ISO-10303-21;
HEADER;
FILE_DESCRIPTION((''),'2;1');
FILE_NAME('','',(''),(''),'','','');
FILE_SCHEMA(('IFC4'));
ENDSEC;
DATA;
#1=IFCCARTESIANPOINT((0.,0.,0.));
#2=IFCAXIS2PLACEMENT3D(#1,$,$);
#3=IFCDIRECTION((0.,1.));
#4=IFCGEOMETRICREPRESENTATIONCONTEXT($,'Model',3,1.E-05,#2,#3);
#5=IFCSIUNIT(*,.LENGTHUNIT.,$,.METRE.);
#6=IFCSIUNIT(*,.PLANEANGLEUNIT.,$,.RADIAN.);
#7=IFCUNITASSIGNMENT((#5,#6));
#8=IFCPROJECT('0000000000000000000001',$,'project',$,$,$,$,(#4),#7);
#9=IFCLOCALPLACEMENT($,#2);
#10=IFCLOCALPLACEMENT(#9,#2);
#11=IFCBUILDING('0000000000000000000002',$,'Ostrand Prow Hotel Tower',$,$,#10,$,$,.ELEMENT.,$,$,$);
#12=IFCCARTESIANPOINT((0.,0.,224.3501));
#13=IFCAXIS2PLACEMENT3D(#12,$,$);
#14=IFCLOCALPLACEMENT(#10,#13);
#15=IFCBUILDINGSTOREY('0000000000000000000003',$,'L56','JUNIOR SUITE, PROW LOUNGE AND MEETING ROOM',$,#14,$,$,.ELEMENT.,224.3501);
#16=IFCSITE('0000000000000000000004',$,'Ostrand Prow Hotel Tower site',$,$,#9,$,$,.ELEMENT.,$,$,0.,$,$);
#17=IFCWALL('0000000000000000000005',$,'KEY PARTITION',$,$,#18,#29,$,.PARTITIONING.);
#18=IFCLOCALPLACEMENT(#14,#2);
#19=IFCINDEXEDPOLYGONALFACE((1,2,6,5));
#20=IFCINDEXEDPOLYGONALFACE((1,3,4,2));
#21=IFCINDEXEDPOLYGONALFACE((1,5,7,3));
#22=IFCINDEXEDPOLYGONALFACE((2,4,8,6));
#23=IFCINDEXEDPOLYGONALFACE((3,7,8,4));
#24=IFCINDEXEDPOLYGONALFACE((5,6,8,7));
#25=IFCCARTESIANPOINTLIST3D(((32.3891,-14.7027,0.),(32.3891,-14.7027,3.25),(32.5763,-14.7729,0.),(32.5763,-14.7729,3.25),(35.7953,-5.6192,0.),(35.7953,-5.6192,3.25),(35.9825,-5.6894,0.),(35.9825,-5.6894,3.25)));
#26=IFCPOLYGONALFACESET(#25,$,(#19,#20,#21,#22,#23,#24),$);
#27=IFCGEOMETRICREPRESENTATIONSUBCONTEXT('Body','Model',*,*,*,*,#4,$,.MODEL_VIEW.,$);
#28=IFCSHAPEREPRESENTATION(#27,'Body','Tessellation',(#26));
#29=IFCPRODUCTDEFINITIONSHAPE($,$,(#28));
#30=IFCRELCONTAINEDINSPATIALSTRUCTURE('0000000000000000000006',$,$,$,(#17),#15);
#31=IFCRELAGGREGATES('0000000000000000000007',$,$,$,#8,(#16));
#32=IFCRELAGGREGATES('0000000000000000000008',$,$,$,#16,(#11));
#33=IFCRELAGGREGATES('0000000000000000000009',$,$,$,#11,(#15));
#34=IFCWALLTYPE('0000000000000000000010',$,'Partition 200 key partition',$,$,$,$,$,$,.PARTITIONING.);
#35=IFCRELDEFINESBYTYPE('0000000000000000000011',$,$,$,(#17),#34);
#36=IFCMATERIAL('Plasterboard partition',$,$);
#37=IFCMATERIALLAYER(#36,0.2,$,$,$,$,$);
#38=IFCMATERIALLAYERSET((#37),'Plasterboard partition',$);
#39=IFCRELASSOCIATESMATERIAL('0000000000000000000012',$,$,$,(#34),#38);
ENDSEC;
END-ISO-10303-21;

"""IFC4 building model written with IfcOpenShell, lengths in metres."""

from ifc_helpers import new_model, si_unit, direction, frame, frame_2d, origin, place, context, subcontext, project, spatial, rectangle, extrude, material, layer, layer_set, type_object, element, save


model = new_model("IFC4")

# Units and contexts
model_context = context("Model", 3, precision=1e-05, world=origin(), true_north=direction((0.0, 1.0)))
body_context = subcontext(model_context, "Body", "Model", "MODEL_VIEW")
ifc_project = project(units=[si_unit("LENGTHUNIT", "METRE"), si_unit("PLANEANGLEUNIT", "RADIAN")], contexts=[model_context])

# Site, building, storey
site_placement = place(None, origin())
site = spatial("IfcSite", under=ifc_project, at=site_placement, Name="Ostrand Prow Hotel Tower site", CompositionType="ELEMENT", RefElevation=0.0)
building_placement = place(site_placement, origin())
building = spatial("IfcBuilding", under=site, at=building_placement, Name="Ostrand Prow Hotel Tower", CompositionType="ELEMENT")
storey_placement = place(building_placement, frame((0.0, 0.0, 224.3501)))
storey = spatial("IfcBuildingStorey", under=building, at=storey_placement, Name="L56", Description="JUNIOR SUITE, PROW LOUNGE AND MEETING ROOM", CompositionType="ELEMENT", Elevation=224.3501)

# Wall
ifc_material_1 = material(Name="Plasterboard partition")
ifc_layer_1 = layer(ifc_material_1, 0.2)
ifc_layer_set_1 = layer_set([ifc_layer_1], Name="Plasterboard partition")
wall_type_1 = type_object("IfcWallType", Name="Partition 200 key partition", PredefinedType="PARTITIONING", material=ifc_layer_set_1)
wall_1_placement = place(storey_placement, frame((32.4827, -14.7378, 0.0), z_axis=(0.0, 0.0, 1.0), x_axis=(0.351118, 0.936331, 0.0)))
element("IfcWall", 1, at=wall_1_placement, inside=storey, type_object=wall_type_1, Name="KEY PARTITION", PredefinedType="PARTITIONING", context=body_context, shape_type="SweptSolid", body=[
    extrude(rectangle(XDim=9.7012, YDim=0.2, at=frame_2d((4.8506, 0.0))), origin(), (0.0, 0.0, 1.0), 3.25),
])

save(model, "model.ifc")
